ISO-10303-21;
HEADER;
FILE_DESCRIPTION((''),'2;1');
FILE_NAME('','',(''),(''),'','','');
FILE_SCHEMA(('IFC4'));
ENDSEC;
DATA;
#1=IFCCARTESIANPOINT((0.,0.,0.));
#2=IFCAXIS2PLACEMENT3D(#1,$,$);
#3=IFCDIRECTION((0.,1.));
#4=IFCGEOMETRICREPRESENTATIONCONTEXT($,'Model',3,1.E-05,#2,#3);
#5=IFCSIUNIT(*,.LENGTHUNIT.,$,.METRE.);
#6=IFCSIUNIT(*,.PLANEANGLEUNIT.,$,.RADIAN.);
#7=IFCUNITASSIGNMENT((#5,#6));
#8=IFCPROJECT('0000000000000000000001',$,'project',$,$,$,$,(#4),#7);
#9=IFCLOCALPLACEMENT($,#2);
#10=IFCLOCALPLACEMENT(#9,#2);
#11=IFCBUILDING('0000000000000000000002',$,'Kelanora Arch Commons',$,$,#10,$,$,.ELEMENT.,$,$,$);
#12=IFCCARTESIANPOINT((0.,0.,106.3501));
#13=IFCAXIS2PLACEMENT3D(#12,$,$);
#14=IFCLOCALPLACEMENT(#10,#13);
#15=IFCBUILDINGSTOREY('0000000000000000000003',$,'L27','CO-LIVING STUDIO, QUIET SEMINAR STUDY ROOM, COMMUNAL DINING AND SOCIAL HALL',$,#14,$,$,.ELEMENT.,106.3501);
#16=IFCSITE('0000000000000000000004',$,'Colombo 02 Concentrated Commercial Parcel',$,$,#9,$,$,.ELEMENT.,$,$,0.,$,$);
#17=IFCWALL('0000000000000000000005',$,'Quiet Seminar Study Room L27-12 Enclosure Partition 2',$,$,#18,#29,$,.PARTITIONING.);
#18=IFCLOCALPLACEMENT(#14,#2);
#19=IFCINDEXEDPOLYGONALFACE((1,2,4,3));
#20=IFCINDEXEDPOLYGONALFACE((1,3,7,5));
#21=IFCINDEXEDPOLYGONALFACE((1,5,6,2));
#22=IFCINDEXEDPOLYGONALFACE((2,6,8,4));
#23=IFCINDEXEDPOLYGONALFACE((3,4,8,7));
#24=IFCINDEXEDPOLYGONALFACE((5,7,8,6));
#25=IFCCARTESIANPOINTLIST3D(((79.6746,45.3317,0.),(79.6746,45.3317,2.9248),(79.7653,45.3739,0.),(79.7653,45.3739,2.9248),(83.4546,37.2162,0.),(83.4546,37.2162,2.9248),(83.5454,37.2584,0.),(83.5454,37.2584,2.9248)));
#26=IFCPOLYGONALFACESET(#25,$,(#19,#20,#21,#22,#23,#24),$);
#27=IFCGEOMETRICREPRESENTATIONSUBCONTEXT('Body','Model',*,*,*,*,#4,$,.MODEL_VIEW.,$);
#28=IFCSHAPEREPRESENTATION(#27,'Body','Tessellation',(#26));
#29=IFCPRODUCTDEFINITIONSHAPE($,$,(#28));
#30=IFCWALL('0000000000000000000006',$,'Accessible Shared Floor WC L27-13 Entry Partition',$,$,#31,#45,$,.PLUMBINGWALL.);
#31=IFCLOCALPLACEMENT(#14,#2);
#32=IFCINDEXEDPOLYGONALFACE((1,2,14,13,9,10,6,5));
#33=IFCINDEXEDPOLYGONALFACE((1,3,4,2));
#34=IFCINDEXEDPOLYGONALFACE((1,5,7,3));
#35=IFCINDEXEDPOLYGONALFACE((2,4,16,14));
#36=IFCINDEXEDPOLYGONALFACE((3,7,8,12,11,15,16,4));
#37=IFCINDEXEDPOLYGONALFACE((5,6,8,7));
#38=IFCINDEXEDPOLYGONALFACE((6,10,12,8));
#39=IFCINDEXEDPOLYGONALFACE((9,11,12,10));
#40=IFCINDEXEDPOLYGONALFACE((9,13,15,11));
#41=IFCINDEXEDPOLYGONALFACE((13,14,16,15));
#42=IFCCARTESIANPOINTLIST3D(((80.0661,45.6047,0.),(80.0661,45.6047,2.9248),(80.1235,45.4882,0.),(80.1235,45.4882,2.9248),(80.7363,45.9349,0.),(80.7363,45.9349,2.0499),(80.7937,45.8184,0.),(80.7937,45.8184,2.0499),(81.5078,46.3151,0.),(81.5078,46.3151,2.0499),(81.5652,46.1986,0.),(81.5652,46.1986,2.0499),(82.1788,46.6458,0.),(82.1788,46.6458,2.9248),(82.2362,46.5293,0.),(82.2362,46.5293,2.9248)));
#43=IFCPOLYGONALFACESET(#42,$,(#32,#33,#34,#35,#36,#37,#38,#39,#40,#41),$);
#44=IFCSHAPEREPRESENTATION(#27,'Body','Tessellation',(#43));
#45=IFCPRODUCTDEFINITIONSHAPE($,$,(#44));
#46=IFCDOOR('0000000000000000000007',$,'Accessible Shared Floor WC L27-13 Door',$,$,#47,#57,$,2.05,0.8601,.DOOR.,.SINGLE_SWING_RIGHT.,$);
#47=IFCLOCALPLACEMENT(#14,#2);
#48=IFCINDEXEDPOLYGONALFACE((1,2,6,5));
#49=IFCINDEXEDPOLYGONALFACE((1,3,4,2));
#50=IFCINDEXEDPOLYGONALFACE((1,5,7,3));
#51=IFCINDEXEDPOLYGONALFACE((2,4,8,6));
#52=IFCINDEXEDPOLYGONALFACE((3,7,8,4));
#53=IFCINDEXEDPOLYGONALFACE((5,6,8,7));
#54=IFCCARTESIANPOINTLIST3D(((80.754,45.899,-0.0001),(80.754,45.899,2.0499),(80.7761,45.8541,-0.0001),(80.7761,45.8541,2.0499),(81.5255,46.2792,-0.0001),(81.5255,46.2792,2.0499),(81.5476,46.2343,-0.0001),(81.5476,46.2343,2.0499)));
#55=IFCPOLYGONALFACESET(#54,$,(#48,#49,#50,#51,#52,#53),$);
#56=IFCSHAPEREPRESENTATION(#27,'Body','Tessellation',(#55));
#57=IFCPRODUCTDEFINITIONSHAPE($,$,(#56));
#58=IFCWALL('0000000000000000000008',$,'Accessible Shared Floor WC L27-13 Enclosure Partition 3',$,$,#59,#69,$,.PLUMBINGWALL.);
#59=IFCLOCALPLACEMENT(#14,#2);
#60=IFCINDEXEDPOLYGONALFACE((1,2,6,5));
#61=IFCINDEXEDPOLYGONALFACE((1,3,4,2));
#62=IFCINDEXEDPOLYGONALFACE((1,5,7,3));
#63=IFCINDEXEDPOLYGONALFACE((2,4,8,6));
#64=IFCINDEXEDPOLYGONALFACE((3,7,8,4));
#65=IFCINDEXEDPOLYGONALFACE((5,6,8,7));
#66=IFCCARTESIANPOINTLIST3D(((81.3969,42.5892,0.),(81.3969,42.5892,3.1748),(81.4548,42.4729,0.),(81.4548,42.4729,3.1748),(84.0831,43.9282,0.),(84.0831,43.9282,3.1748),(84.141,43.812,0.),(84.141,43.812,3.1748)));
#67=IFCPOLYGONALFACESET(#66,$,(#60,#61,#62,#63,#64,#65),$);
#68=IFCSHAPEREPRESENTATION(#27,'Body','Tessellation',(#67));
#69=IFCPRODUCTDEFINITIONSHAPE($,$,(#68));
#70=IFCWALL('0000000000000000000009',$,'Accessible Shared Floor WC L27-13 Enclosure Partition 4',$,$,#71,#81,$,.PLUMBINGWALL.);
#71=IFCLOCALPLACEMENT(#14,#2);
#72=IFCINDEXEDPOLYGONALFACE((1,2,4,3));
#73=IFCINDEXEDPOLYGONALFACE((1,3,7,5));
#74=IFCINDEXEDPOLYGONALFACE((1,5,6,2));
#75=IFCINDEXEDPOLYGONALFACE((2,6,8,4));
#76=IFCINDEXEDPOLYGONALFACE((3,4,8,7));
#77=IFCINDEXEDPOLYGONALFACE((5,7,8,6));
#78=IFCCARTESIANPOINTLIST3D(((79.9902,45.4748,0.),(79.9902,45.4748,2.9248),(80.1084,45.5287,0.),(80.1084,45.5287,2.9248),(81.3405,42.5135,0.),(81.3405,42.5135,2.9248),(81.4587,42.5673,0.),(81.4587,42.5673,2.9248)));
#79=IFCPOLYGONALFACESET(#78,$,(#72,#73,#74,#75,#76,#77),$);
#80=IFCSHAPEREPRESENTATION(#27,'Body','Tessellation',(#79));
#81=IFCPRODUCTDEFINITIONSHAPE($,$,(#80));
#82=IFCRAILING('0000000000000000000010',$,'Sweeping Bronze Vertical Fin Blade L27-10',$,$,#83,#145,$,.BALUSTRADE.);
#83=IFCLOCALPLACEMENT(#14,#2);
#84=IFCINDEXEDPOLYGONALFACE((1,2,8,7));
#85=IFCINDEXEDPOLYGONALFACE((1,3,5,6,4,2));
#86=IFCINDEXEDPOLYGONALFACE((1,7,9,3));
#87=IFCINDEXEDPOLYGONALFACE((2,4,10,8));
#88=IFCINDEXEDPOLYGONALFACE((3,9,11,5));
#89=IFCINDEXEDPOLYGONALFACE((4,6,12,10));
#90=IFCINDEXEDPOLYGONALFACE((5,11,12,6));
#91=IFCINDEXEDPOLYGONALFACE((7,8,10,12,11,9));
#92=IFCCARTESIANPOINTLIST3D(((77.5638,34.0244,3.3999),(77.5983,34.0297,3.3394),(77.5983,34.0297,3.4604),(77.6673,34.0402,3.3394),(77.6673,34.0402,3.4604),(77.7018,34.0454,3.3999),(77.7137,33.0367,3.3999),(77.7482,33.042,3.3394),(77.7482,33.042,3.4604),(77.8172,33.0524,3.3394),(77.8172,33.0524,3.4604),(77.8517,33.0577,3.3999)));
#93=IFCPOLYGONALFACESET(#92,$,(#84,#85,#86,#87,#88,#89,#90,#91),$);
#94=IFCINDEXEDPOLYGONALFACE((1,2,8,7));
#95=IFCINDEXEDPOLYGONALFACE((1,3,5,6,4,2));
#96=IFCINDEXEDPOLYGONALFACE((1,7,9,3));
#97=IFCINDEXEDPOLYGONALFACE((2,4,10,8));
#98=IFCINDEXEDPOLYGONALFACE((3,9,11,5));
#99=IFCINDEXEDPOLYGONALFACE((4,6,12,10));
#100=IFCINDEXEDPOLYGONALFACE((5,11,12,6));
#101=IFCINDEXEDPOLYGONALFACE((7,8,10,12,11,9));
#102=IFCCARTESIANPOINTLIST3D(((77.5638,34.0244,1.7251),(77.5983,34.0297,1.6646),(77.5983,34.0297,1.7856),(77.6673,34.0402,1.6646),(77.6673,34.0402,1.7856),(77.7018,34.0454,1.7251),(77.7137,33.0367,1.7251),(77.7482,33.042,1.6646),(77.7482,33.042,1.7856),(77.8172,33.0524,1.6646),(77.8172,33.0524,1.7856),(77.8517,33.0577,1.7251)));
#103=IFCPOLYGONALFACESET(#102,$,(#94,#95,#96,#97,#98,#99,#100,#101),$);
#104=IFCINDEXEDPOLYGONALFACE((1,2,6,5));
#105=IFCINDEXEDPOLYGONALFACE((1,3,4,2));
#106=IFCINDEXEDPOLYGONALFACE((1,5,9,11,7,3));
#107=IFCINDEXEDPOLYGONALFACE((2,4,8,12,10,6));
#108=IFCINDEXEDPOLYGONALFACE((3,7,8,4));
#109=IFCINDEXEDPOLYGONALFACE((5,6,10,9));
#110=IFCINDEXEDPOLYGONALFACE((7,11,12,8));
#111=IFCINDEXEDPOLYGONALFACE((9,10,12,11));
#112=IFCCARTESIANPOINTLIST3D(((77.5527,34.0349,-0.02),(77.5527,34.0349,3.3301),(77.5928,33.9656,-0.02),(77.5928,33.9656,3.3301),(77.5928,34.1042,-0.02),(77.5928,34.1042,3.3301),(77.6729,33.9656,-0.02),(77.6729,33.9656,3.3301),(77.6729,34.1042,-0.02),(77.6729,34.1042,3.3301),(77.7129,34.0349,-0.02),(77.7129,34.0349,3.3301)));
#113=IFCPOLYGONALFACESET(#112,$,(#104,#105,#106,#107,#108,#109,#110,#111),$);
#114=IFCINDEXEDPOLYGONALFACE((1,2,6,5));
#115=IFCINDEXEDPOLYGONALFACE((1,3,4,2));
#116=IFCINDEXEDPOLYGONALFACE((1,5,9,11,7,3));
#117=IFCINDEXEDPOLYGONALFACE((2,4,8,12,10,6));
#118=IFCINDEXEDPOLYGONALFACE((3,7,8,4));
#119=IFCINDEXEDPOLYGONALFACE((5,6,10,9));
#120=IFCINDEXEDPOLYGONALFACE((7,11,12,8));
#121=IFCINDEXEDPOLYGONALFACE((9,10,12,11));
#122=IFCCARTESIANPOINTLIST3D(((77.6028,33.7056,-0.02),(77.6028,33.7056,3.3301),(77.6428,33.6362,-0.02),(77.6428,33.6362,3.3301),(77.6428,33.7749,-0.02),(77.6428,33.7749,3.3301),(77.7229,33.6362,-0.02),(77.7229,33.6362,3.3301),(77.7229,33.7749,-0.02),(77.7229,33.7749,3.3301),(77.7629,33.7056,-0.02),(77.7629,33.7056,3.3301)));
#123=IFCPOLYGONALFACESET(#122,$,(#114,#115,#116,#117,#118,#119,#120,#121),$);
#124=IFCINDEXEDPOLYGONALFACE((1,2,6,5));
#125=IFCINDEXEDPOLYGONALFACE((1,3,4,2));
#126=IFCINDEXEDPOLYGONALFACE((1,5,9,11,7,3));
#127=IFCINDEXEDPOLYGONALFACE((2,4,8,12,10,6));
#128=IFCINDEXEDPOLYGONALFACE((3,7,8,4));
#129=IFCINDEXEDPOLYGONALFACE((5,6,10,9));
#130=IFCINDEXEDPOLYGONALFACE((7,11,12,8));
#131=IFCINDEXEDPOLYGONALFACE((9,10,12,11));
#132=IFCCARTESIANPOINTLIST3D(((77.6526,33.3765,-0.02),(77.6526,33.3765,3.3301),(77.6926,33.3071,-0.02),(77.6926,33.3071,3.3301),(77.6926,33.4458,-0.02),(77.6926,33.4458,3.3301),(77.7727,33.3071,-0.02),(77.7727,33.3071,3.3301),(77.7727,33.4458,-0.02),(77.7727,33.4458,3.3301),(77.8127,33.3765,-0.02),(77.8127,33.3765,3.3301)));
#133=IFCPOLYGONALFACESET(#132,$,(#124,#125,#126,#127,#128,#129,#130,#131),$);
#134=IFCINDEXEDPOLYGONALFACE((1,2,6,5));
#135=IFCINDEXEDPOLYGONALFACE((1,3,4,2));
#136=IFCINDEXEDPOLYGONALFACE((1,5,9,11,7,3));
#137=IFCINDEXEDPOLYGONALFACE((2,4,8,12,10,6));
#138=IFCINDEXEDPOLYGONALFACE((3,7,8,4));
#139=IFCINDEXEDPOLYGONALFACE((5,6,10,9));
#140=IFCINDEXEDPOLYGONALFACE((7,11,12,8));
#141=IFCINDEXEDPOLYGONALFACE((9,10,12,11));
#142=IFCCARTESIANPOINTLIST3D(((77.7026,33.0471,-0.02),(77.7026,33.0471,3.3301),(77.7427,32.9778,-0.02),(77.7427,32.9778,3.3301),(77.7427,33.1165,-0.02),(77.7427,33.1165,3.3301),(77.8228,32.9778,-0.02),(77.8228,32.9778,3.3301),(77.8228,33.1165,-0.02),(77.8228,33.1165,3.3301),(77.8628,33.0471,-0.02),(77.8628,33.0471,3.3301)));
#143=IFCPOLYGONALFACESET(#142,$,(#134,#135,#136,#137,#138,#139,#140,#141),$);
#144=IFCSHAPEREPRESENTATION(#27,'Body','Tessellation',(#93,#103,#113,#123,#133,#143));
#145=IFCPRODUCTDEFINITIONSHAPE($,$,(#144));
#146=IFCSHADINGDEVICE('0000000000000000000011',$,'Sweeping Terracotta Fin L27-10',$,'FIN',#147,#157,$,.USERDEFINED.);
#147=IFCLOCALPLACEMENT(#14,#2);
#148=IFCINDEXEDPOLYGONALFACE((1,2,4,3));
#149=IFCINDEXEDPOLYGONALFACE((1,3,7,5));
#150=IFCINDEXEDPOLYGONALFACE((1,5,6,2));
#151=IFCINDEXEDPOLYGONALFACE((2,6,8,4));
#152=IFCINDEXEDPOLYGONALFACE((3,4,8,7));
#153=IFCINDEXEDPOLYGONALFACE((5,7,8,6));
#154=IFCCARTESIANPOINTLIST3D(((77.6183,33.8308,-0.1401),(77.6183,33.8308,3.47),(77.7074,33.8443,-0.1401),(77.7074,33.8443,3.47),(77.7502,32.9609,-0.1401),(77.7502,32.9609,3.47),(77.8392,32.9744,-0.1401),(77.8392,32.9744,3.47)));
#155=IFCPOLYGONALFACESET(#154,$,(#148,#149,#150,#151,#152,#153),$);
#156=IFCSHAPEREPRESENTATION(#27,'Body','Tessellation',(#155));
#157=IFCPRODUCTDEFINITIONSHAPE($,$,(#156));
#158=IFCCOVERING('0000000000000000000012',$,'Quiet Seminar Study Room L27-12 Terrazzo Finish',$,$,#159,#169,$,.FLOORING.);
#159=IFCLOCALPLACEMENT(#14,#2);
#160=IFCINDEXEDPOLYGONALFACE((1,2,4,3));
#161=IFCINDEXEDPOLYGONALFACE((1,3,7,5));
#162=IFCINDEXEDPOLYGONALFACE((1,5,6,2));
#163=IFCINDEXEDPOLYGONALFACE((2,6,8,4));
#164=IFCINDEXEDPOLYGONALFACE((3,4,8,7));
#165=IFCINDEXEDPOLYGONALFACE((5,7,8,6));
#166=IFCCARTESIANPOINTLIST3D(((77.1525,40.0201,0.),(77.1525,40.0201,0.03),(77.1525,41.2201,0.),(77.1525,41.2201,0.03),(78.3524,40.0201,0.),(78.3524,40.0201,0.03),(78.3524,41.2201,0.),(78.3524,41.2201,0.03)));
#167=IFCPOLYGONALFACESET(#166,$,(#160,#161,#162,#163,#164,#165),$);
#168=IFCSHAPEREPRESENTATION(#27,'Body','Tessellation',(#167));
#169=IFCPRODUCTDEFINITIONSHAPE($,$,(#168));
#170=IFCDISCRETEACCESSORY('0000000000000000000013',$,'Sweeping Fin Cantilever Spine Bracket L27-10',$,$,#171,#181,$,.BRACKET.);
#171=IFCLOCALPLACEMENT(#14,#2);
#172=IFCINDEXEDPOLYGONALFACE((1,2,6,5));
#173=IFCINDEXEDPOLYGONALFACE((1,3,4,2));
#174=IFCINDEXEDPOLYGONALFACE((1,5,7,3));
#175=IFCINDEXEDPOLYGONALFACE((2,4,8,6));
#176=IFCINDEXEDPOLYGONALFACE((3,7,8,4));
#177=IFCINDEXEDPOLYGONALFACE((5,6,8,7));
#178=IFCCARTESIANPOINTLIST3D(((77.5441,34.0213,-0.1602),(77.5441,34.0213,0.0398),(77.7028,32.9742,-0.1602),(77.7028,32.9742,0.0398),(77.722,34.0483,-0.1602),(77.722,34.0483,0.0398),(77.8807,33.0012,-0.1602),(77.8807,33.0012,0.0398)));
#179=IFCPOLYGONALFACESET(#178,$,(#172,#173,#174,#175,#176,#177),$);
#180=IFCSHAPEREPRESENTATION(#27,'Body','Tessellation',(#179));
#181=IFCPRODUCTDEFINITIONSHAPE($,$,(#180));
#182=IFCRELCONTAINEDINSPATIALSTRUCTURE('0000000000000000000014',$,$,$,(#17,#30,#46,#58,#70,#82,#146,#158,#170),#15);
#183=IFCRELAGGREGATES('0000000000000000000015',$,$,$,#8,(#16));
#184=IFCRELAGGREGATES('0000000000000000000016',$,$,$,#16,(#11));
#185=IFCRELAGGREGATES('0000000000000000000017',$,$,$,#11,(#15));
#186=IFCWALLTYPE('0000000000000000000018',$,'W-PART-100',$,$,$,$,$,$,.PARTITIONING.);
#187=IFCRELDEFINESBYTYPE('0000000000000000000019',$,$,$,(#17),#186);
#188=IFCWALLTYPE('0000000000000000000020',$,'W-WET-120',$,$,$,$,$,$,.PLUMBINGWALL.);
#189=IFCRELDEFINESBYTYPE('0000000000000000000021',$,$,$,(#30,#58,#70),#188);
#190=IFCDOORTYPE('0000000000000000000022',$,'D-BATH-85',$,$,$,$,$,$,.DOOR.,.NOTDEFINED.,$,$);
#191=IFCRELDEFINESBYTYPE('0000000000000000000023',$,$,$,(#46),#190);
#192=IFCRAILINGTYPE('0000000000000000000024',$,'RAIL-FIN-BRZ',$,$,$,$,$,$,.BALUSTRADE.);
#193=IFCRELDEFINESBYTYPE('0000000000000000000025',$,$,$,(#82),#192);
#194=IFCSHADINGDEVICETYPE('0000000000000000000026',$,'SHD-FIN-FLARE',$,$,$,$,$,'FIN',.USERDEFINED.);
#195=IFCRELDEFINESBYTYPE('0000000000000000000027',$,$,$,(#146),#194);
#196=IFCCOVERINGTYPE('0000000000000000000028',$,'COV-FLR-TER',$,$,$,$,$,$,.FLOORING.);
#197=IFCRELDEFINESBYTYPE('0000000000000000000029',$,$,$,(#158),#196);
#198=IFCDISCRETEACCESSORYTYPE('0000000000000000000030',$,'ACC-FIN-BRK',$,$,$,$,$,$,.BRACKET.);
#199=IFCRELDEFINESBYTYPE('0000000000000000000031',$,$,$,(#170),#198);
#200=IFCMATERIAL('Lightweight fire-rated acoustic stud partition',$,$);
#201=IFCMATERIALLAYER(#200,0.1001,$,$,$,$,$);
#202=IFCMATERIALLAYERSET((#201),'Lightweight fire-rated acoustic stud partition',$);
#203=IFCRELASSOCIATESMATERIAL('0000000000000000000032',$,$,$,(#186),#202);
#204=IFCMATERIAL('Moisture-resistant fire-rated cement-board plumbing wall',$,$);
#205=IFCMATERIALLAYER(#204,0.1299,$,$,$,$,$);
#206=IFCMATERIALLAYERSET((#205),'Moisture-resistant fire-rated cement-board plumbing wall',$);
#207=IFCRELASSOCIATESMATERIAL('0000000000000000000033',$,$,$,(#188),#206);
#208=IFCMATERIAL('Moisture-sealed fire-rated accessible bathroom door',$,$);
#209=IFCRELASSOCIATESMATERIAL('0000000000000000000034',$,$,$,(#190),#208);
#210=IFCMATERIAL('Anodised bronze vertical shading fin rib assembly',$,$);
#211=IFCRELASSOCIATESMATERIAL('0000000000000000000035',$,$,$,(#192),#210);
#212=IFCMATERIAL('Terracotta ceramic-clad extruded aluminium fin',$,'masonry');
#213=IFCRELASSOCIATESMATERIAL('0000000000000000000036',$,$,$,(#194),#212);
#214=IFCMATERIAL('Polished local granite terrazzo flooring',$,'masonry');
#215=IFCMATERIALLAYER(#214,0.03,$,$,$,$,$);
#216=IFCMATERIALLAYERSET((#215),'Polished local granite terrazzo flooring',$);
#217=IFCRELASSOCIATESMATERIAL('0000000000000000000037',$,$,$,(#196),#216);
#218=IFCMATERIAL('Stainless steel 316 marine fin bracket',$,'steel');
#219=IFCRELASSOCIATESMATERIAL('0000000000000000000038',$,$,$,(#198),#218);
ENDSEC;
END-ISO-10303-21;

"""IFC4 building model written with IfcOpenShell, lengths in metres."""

from ifc_helpers import new_model, si_unit, direction, frame, frame_2d, origin, origin_2d, place, context, subcontext, project, spatial, polyline, rectangle, outline, extrude, source, transform, mapped, material, layer, layer_set, type_object, element, fill, save


model = new_model("IFC4")

# Units and contexts
model_context = context("Model", 3, precision=1e-05, world=origin(), true_north=direction((0.0, 1.0)))
body_context = subcontext(model_context, "Body", "Model", "MODEL_VIEW")
ifc_project = project(units=[si_unit("LENGTHUNIT", "METRE"), si_unit("PLANEANGLEUNIT", "RADIAN")], contexts=[model_context])

# Site, building, storey
site_placement = place(None, origin())
site = spatial("IfcSite", under=ifc_project, at=site_placement, Name="Colombo 02 Concentrated Commercial Parcel", CompositionType="ELEMENT", RefElevation=0.0)
building_placement = place(site_placement, origin())
building = spatial("IfcBuilding", under=site, at=building_placement, Name="Kelanora Arch Commons", CompositionType="ELEMENT")
storey_placement = place(building_placement, frame((0.0, 0.0, 106.3501)))
storey = spatial("IfcBuildingStorey", under=building, at=storey_placement, Name="L27", Description="CO-LIVING STUDIO, QUIET SEMINAR STUDY ROOM, COMMUNAL DINING AND SOCIAL HALL", CompositionType="ELEMENT", Elevation=106.3501)

# Wall
ifc_material_1 = material(Name="Lightweight fire-rated acoustic stud partition")
ifc_layer_1 = layer(ifc_material_1, 0.1001)
ifc_layer_set_1 = layer_set([ifc_layer_1], Name="Lightweight fire-rated acoustic stud partition")
wall_type_1 = type_object("IfcWallType", Name="W-PART-100", PredefinedType="PARTITIONING", material=ifc_layer_set_1)
wall_1_placement = place(storey_placement, frame((79.72, 45.3528, 0.0), z_axis=(0.0, 0.0, 1.0), x_axis=(0.422225, -0.906491, 0.0)))
element("IfcWall", 1, at=wall_1_placement, inside=storey, type_object=wall_type_1, Name="Quiet Seminar Study Room L27-12 Enclosure Partition 2", PredefinedType="PARTITIONING", context=body_context, shape_type="SweptSolid", body=[
    extrude(rectangle(XDim=8.9526, YDim=0.1001, at=frame_2d((4.4763, 0.0))), origin(), (0.0, 0.0, 1.0), 2.9248),
])

# Wall, opening, door
ifc_material_2 = material(Name="Moisture-resistant fire-rated cement-board plumbing wall")
ifc_layer_2 = layer(ifc_material_2, 0.1299)
ifc_layer_set_2 = layer_set([ifc_layer_2], Name="Moisture-resistant fire-rated cement-board plumbing wall")
wall_type_2 = type_object("IfcWallType", Name="W-WET-120", PredefinedType="PLUMBINGWALL", material=ifc_layer_set_2)
wall_2_placement = place(storey_placement, frame((80.0947, 45.5464, 0.0), z_axis=(0.0, 0.0, 1.0), x_axis=(0.897004, 0.442023, 0.0)))
wall_2 = element("IfcWall", 2, at=wall_2_placement, inside=storey, type_object=wall_type_2, Name="Accessible Shared Floor WC L27-13 Entry Partition", PredefinedType="PLUMBINGWALL", context=body_context, shape_type="SweptSolid", body=[
    extrude(rectangle(XDim=2.3552, YDim=0.1299, at=frame_2d((1.1777, 0.0))), origin(), (0.0, 0.0, 1.0), 2.9248),
])
opening_placement = place(wall_2_placement, frame((0.7471, 0.0, 0.0)))
opening = element("IfcOpeningElement", 3, at=opening_placement, cuts=wall_2, PredefinedType="OPENING", context=body_context, shape_type="SweptSolid", body=[
    extrude(rectangle(XDim=0.8601, YDim=2.05, at=frame_2d((0.4302, 1.0249))), frame((0.0, 0.075, 0.0), z_axis=(0.0, -1.0, 0.0), x_axis=(1.0, 0.0, 0.0)), (0.0, 0.0, 1.0), 0.1499),
])
ifc_material_3 = material(Name="Moisture-sealed fire-rated accessible bathroom door")
door_type = type_object("IfcDoorType", Name="D-BATH-85", OperationType="NOTDEFINED", PredefinedType="DOOR", material=ifc_material_3)
door_placement = place(opening_placement, origin())
door = element("IfcDoor", 4, at=door_placement, inside=storey, type_object=door_type, Name="Accessible Shared Floor WC L27-13 Door", OperationType="SINGLE_SWING_RIGHT", OverallHeight=2.05, OverallWidth=0.8601, PredefinedType="DOOR", context=body_context, shape_type="SweptSolid", body=[
    extrude(rectangle(XDim=0.8601, YDim=2.05, at=frame_2d((0.4302, 1.0249))), frame((0.0, 0.0249, 0.0), z_axis=(0.0, -1.0, 0.0), x_axis=(1.0, 0.0, 0.0)), (0.0, 0.0, 1.0), 0.05),
])
fill(opening, door)

# Walls
wall_3_placement = place(storey_placement, frame((84.1121, 43.8701, 0.0), z_axis=(0.0, 0.0, 1.0), x_axis=(-0.894963, -0.44614, 0.0)))
element("IfcWall", 5, at=wall_3_placement, inside=storey, type_object=wall_type_2, Name="Accessible Shared Floor WC L27-13 Enclosure Partition 3", PredefinedType="PLUMBINGWALL", context=body_context, shape_type="SweptSolid", body=[
    extrude(rectangle(XDim=3.0015, YDim=0.1299, at=frame_2d((1.5007, 0.0))), origin(), (0.0, 0.0, 1.0), 3.1748),
])
wall_4_placement = place(storey_placement, frame((81.3997, 42.5403, 0.0), z_axis=(0.0, 0.0, 1.0), x_axis=(-0.414882, 0.909875, 0.0)))
element("IfcWall", 6, at=wall_4_placement, inside=storey, type_object=wall_type_2, Name="Accessible Shared Floor WC L27-13 Enclosure Partition 4", PredefinedType="PLUMBINGWALL", context=body_context, shape_type="SweptSolid", body=[
    extrude(rectangle(XDim=3.2546, YDim=0.1299, at=frame_2d((1.6274, 0.0))), origin(), (0.0, 0.0, 1.0), 2.9248),
])

# Railing
ifc_material_4 = material(Name="Anodised bronze vertical shading fin rib assembly")
railing_type = type_object("IfcRailingType", Name="RAIL-FIN-BRZ", PredefinedType="BALUSTRADE", material=ifc_material_4)
railing_placement = place(storey_placement, frame((77.6328, 34.0349, -0.02)))
element("IfcRailing", 7, at=railing_placement, inside=storey, type_object=railing_type, Name="Sweeping Bronze Vertical Fin Blade L27-10", PredefinedType="BALUSTRADE", context=body_context, shape_type="SweptSolid", body=[
    extrude(outline(polyline([(0.0698, 0.0), (0.0349, 0.0605), (-0.0349, 0.0605), (-0.0698, 0.0), (-0.0349, -0.0605), (0.0349, -0.0605), (0.0698, 0.0)])), frame((0.0, 0.0, 3.4199), z_axis=(0.150037, -0.98868, 0.0), x_axis=(0.98868, 0.150037, 0.0)), (0.0, 0.0, 1.0), 0.999),
    extrude(outline(polyline([(0.0698, 0.0), (0.0349, 0.0605), (-0.0349, 0.0605), (-0.0698, 0.0), (-0.0349, -0.0605), (0.0349, -0.0605), (0.0698, 0.0)])), frame((0.0, 0.0, 1.7451), z_axis=(0.150037, -0.98868, 0.0), x_axis=(0.98868, 0.150037, 0.0)), (0.0, 0.0, 1.0), 0.999),
    extrude(outline(polyline([(0.0801, 0.0), (0.04, 0.0693), (-0.04, 0.0693), (-0.0801, 0.0), (-0.04, -0.0693), (0.04, -0.0693), (0.0801, 0.0)])), origin(), (0.0, 0.0, 1.0), 3.3501),
    extrude(outline(polyline([(0.0801, 0.0), (0.04, 0.0693), (-0.04, 0.0693), (-0.0801, 0.0), (-0.04, -0.0693), (0.04, -0.0693), (0.0801, 0.0)])), frame((0.05, -0.3293, 0.0)), (0.0, 0.0, 1.0), 3.3501),
    extrude(outline(polyline([(0.0801, 0.0), (0.04, 0.0693), (-0.04, 0.0693), (-0.0801, 0.0), (-0.04, -0.0693), (0.04, -0.0693), (0.0801, 0.0)])), frame((0.0999, -0.6584, 0.0)), (0.0, 0.0, 1.0), 3.3501),
    extrude(outline(polyline([(0.0801, 0.0), (0.04, 0.0693), (-0.04, 0.0693), (-0.0801, 0.0), (-0.04, -0.0693), (0.04, -0.0693), (0.0801, 0.0)])), frame((0.1499, -0.9878, 0.0)), (0.0, 0.0, 1.0), 3.3501),
])

# Shading device
ifc_material_5 = material(Name="Terracotta ceramic-clad extruded aluminium fin", Category="masonry")
shading_device_type = type_object("IfcShadingDeviceType", Name="SHD-FIN-FLARE", ElementType="FIN", PredefinedType="USERDEFINED", material=ifc_material_5)
shared_shape_1 = source(origin(), body_context, "Body", "SweptSolid", [
    extrude(rectangle(XDim=0.8799, YDim=0.0901, at=origin_2d()), origin(), (0.0, 0.0, 1.0), 3.6101),
])
shading_device_placement = place(storey_placement, frame((77.7288, 33.4026, -0.1401), z_axis=(0.0, 0.0, 1.0), x_axis=(0.14988, -0.988704, 0.0)))
element("IfcShadingDevice", 8, at=shading_device_placement, inside=storey, type_object=shading_device_type, Name="Sweeping Terracotta Fin L27-10", ObjectType="FIN", PredefinedType="USERDEFINED", context=body_context, shape_type="MappedRepresentation", body=[
    mapped(shared_shape_1, transform((0.0, 0.0, 0.0), scale=1.0)),
])

# Covering
ifc_material_6 = material(Name="Polished local granite terrazzo flooring", Category="masonry")
ifc_layer_3 = layer(ifc_material_6, 0.03)
ifc_layer_set_3 = layer_set([ifc_layer_3], Name="Polished local granite terrazzo flooring")
covering_type = type_object("IfcCoveringType", Name="COV-FLR-TER", PredefinedType="FLOORING", material=ifc_layer_set_3)
shared_shape_2 = source(origin(), body_context, "Body", "SweptSolid", [
    extrude(rectangle(XDim=1.2, YDim=1.2, at=origin_2d()), origin(), (0.0, 0.0, 1.0), 0.03),
])
covering_placement = place(storey_placement, frame((77.7524, 40.6201, 0.0), z_axis=(0.0, 0.0, 1.0), x_axis=(1.0, 0.0, 0.0)))
element("IfcCovering", 9, at=covering_placement, inside=storey, type_object=covering_type, Name="Quiet Seminar Study Room L27-12 Terrazzo Finish", PredefinedType="FLOORING", context=body_context, shape_type="MappedRepresentation", body=[
    mapped(shared_shape_2, transform((0.0, 0.0, 0.0), scale=1.0)),
])

# Discrete accessory
ifc_material_7 = material(Name="Stainless steel 316 marine fin bracket", Category="steel")
discrete_accessory_type = type_object("IfcDiscreteAccessoryType", Name="ACC-FIN-BRK", PredefinedType="BRACKET", material=ifc_material_7)
shared_shape_3 = source(origin(), body_context, "Body", "SweptSolid", [
    extrude(rectangle(XDim=1.0591, YDim=0.1799, at=origin_2d()), origin(), (0.0, 0.0, 1.0), 0.2),
])
discrete_accessory_placement = place(storey_placement, frame((77.7124, 33.5112, -0.1602), z_axis=(0.0, 0.0, 1.0), x_axis=(0.14988, -0.988704, 0.0)))
element("IfcDiscreteAccessory", 10, at=discrete_accessory_placement, inside=storey, type_object=discrete_accessory_type, Name="Sweeping Fin Cantilever Spine Bracket L27-10", PredefinedType="BRACKET", context=body_context, shape_type="MappedRepresentation", body=[
    mapped(shared_shape_3, transform((0.0, 0.0, 0.0), scale=1.0)),
])

save(model, "model.ifc")
